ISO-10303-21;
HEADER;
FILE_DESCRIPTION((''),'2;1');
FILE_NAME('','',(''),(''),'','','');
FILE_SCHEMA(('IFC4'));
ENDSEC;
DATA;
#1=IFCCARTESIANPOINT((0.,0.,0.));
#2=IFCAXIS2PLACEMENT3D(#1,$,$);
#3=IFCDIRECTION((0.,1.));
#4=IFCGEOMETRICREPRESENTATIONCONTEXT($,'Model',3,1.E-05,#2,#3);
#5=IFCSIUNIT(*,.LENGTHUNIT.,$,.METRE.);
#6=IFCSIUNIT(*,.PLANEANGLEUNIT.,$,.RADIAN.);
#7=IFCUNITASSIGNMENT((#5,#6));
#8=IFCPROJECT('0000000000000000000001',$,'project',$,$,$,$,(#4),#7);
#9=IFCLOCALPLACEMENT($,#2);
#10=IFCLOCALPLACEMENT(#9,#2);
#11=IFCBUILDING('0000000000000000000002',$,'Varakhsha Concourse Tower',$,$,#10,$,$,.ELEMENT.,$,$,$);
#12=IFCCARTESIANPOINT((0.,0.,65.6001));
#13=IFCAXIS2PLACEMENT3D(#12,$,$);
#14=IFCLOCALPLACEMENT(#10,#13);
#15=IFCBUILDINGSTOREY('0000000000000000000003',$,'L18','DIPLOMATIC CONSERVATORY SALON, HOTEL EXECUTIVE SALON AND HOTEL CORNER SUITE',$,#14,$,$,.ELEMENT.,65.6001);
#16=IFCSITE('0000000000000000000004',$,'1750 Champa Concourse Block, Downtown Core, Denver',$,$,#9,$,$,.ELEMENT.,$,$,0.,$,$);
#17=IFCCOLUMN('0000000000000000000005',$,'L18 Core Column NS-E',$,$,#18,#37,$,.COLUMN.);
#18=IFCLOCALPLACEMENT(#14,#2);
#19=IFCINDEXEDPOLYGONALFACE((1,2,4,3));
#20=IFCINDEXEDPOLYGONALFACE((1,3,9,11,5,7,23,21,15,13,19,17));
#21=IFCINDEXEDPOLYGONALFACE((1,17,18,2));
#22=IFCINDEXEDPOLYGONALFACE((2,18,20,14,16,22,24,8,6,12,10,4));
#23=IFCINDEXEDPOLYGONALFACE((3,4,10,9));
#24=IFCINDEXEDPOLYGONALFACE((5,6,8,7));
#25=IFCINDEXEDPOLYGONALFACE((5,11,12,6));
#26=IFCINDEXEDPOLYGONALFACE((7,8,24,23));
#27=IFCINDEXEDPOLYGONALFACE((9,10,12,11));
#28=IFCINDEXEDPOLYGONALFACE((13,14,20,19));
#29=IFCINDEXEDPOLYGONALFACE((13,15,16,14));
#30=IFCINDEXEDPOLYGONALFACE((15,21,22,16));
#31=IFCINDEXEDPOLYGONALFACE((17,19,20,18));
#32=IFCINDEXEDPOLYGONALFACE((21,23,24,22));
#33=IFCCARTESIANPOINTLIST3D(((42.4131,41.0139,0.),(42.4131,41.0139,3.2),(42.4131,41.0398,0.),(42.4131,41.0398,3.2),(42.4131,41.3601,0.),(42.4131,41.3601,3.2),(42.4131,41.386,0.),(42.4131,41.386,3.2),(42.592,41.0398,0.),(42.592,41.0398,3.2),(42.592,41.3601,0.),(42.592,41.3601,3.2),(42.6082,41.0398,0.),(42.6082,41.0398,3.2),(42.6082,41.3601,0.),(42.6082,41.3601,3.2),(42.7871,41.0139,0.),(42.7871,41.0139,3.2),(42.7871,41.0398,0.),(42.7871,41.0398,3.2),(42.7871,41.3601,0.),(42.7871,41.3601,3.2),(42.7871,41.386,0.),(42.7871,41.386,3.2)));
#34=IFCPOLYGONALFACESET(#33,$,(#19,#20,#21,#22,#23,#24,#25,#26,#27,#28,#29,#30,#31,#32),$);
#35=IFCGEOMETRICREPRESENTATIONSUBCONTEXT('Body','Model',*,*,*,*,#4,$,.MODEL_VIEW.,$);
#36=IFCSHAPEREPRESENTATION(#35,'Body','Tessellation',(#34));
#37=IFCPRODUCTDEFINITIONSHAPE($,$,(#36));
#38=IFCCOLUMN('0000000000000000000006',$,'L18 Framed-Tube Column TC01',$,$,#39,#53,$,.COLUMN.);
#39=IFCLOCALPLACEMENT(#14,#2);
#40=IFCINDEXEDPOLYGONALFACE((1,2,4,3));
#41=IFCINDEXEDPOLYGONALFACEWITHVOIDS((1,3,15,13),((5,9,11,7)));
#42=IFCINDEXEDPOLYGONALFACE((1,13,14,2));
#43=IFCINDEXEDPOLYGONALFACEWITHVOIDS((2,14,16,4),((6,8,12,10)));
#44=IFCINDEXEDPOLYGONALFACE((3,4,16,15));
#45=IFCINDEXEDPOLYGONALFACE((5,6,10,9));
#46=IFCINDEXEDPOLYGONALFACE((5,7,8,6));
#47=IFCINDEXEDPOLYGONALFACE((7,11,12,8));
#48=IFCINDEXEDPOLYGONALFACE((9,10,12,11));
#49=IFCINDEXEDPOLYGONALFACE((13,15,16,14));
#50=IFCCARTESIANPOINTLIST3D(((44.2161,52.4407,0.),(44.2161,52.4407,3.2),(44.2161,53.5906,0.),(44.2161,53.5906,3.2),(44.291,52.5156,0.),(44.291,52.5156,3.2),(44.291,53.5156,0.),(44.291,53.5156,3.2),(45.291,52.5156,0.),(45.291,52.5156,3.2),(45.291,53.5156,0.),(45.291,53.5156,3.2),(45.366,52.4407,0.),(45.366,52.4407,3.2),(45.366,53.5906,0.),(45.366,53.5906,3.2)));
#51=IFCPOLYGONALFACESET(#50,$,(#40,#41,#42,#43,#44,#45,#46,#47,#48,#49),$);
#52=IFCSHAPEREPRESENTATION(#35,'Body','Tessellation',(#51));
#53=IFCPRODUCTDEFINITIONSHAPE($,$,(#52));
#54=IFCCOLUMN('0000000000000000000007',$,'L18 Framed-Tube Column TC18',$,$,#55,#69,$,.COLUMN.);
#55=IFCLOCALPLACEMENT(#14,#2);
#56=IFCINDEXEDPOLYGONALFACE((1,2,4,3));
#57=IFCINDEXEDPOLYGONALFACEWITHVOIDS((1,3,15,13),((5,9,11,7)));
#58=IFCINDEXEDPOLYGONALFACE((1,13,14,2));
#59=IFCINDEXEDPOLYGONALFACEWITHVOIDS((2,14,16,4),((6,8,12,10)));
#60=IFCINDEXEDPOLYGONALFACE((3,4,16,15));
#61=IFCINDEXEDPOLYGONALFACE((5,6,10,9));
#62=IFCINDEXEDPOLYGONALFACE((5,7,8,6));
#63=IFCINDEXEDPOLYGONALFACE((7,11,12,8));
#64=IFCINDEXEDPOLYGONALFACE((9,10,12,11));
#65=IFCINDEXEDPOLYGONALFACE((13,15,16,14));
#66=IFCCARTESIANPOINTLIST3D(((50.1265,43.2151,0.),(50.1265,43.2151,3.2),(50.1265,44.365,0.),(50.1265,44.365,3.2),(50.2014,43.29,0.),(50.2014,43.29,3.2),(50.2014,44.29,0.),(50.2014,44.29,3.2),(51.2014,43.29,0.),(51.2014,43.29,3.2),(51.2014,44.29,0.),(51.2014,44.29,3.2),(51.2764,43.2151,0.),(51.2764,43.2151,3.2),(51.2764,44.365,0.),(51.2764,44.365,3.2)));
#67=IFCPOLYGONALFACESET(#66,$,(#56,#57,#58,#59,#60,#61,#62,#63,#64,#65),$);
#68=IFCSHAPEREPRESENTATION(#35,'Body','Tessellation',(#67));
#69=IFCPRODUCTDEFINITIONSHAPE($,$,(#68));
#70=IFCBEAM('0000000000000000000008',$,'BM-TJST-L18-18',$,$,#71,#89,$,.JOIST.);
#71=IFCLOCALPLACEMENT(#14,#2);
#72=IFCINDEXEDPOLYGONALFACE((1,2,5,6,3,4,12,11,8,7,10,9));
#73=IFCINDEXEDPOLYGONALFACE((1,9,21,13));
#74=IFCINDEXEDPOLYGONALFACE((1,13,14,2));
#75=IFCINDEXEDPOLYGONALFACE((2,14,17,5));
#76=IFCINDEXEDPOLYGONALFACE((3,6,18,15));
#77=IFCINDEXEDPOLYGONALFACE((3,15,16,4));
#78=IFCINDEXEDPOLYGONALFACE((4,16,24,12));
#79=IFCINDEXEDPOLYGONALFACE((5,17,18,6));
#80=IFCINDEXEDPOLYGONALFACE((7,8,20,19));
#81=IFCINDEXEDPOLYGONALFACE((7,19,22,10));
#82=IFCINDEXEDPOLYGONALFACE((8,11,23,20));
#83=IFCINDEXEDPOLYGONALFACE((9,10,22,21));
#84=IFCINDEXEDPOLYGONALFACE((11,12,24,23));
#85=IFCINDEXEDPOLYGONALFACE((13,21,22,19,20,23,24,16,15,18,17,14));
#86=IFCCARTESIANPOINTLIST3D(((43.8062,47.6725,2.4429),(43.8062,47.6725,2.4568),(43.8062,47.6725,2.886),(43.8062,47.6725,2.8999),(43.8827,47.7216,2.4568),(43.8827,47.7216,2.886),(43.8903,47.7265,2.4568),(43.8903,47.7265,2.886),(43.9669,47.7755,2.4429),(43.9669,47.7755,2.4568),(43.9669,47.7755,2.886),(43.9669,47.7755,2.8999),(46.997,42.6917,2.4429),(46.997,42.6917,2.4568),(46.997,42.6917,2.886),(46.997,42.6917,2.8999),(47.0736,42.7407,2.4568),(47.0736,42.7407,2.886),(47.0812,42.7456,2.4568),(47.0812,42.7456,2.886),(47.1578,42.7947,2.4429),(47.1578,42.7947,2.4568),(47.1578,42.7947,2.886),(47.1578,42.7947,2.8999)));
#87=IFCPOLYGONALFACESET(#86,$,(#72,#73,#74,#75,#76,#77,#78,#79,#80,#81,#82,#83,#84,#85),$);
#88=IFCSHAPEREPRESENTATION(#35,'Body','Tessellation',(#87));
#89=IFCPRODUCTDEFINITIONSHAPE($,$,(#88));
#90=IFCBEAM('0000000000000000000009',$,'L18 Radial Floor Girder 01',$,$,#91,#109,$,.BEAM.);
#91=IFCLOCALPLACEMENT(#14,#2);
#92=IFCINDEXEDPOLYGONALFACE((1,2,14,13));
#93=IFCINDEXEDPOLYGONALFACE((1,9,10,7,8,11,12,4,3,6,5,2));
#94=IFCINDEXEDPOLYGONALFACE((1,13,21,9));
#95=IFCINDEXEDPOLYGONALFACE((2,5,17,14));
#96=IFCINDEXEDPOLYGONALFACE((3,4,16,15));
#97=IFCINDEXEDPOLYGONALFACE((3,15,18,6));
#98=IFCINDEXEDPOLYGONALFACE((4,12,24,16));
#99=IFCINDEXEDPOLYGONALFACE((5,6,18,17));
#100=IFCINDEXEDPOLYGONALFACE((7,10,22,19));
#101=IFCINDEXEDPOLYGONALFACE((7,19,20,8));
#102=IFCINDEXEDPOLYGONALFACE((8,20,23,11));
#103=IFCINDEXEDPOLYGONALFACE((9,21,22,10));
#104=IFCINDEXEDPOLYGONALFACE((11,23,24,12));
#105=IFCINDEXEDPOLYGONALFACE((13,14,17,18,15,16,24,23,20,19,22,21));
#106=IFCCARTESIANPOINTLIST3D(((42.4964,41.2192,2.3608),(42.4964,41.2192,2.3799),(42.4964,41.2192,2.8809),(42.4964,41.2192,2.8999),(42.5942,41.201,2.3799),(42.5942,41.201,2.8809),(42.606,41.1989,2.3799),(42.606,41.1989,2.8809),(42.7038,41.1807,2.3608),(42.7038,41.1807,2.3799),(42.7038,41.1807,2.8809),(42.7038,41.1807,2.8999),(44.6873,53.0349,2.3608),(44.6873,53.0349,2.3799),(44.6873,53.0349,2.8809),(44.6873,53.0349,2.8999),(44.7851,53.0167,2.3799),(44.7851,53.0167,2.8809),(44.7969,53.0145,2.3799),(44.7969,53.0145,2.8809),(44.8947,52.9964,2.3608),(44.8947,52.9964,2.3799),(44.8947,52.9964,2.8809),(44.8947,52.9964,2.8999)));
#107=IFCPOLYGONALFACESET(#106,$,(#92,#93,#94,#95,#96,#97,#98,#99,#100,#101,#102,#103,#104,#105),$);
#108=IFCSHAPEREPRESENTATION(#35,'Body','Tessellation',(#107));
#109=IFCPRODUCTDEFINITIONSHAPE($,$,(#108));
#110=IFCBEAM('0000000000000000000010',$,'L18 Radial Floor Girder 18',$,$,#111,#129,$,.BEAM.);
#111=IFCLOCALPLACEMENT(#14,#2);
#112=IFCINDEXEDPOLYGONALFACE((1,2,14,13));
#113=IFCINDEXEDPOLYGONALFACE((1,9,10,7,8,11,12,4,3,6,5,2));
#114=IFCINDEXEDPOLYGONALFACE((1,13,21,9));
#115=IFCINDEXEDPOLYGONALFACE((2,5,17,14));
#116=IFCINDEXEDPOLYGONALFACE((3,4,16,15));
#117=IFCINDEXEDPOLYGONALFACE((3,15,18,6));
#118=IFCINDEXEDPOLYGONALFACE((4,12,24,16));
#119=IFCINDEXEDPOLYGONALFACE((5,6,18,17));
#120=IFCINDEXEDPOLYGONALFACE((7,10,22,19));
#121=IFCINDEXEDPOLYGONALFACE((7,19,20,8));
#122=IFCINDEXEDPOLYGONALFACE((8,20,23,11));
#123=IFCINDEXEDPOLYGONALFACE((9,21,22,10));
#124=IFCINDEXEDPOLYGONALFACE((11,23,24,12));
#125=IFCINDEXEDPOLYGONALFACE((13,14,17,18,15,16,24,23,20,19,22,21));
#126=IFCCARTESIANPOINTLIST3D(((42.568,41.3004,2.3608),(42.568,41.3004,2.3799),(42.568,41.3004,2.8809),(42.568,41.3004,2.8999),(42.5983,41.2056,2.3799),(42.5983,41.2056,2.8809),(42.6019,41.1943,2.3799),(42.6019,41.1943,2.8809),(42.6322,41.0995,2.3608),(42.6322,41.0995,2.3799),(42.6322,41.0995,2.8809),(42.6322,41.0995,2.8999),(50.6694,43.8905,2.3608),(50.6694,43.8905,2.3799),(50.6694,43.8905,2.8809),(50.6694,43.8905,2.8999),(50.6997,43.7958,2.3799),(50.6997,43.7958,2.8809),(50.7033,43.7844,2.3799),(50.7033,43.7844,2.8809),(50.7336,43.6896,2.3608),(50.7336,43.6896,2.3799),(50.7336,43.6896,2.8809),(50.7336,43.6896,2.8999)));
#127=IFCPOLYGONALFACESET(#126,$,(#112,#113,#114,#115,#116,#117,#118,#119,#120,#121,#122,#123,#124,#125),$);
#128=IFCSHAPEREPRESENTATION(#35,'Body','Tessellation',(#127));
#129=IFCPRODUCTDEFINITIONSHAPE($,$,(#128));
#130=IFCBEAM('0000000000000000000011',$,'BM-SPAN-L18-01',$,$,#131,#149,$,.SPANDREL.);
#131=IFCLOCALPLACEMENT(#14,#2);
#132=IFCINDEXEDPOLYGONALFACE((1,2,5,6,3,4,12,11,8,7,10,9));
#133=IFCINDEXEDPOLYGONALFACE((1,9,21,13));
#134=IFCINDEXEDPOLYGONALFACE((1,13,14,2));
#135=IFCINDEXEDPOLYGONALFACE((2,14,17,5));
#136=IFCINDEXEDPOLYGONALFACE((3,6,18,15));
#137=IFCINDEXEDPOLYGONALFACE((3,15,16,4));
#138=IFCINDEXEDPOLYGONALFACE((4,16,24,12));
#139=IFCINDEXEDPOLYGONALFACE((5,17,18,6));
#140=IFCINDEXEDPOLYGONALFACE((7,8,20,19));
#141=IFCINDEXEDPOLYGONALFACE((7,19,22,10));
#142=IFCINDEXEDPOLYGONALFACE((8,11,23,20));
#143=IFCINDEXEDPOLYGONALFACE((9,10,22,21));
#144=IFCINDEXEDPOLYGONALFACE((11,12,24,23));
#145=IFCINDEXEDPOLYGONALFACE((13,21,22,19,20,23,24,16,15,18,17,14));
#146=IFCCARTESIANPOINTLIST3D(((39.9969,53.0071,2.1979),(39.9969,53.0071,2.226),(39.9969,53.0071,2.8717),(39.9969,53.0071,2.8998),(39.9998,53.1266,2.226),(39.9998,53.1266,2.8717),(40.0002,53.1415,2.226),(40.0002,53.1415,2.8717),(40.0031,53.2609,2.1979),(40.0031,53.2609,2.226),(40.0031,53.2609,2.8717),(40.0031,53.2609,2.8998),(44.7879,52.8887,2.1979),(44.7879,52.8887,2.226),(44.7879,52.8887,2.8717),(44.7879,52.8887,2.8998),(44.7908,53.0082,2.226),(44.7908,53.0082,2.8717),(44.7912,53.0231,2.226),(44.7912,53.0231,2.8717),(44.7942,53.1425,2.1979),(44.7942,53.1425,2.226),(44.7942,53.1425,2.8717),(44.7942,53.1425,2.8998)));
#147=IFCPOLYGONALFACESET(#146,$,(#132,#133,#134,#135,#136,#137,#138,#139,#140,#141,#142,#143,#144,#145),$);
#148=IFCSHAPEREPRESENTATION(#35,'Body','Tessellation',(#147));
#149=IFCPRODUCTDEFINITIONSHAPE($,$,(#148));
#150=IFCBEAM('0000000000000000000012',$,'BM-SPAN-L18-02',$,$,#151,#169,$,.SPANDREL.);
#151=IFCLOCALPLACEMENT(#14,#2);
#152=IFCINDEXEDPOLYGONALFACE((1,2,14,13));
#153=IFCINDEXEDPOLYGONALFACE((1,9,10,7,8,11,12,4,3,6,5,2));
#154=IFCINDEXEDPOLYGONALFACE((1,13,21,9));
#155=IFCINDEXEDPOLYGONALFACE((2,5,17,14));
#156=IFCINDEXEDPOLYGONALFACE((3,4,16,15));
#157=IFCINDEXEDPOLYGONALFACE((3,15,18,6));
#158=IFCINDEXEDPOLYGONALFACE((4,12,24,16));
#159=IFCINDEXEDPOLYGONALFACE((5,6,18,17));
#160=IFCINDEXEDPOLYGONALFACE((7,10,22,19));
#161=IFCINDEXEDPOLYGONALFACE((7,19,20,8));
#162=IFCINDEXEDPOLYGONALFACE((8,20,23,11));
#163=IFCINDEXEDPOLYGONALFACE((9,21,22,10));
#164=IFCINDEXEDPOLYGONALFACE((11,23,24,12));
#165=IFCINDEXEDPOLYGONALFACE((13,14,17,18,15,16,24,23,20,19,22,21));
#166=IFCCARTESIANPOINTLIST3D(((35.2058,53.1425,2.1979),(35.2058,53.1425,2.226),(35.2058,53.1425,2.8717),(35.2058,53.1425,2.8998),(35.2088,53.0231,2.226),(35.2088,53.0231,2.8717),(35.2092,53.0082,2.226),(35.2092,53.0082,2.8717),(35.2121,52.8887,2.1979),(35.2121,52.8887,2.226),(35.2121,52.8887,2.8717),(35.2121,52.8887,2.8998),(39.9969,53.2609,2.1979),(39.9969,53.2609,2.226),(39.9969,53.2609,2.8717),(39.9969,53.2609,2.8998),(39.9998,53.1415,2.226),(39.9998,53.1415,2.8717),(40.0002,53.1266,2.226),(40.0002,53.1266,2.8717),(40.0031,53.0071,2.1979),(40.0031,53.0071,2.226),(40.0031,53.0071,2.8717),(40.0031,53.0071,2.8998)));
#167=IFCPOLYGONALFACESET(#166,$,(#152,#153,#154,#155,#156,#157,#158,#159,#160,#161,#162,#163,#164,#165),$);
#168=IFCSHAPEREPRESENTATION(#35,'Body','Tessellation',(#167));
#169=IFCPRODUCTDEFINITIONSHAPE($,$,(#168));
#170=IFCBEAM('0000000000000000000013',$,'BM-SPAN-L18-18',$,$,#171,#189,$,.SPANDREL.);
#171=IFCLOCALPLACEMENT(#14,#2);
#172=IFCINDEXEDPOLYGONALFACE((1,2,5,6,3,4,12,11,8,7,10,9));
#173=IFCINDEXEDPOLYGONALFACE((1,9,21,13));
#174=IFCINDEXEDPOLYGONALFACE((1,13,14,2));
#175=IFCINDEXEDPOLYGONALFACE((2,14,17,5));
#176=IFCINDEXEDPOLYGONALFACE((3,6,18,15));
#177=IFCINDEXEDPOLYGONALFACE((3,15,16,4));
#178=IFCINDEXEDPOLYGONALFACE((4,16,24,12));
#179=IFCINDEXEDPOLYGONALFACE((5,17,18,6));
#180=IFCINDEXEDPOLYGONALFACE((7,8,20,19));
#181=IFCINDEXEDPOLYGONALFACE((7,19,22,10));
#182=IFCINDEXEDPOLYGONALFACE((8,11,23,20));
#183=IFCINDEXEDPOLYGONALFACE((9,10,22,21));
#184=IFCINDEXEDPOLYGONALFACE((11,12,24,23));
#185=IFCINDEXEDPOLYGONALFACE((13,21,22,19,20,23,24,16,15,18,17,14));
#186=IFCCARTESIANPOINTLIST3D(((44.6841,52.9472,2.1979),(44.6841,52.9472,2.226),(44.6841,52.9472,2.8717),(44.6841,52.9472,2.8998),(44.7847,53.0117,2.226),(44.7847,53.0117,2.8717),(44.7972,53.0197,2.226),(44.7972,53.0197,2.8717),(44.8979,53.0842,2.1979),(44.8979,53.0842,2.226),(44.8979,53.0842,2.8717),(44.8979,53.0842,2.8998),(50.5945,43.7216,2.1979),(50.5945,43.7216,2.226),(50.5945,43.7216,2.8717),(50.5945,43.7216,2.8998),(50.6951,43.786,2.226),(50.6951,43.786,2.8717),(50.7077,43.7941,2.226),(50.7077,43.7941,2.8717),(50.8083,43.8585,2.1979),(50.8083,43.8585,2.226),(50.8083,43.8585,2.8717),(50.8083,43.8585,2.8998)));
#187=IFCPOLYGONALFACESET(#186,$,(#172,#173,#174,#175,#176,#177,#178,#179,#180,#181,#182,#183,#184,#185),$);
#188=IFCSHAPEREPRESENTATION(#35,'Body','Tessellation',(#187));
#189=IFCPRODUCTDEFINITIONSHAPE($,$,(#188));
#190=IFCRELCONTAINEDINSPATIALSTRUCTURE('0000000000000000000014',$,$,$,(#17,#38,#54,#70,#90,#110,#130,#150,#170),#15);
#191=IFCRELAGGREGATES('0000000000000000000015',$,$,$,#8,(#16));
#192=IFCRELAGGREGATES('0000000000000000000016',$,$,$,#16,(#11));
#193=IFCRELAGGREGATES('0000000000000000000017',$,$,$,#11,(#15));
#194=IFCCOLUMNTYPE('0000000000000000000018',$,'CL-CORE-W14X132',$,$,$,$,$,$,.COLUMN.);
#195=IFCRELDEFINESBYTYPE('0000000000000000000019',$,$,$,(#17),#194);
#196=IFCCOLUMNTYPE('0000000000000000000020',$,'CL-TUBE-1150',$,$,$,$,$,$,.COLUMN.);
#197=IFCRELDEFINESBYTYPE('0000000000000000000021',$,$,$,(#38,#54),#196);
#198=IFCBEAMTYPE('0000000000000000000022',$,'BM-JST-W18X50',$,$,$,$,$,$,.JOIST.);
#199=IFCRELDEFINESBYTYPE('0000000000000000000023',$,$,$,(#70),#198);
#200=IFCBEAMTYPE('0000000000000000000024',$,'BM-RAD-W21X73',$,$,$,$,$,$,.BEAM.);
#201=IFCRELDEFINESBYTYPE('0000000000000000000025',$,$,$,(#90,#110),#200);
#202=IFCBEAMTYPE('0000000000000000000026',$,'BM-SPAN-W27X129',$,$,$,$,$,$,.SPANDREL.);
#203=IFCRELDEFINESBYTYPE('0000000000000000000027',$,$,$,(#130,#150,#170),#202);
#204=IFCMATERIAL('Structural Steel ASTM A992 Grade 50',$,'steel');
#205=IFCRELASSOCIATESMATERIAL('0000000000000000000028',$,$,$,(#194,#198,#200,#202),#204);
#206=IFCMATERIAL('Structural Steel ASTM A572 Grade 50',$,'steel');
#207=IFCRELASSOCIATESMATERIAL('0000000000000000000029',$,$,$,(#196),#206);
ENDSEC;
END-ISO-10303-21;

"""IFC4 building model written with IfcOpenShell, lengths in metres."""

from ifc_helpers import new_model, si_unit, direction, frame, origin, origin_2d, place, context, subcontext, project, spatial, hollow_rectangle, i_section, extrude, material, material_profile, profile_set, type_object, element, save


model = new_model("IFC4")

# Units and contexts
model_context = context("Model", 3, precision=1e-05, world=origin(), true_north=direction((0.0, 1.0)))
body_context = subcontext(model_context, "Body", "Model", "MODEL_VIEW")
ifc_project = project(units=[si_unit("LENGTHUNIT", "METRE"), si_unit("PLANEANGLEUNIT", "RADIAN")], contexts=[model_context])

# Site, building, storey
site_placement = place(None, origin())
site = spatial("IfcSite", under=ifc_project, at=site_placement, Name="1750 Champa Concourse Block, Downtown Core, Denver", CompositionType="ELEMENT", RefElevation=0.0)
building_placement = place(site_placement, origin())
building = spatial("IfcBuilding", under=site, at=building_placement, Name="Varakhsha Concourse Tower", CompositionType="ELEMENT")
storey_placement = place(building_placement, frame((0.0, 0.0, 65.6001)))
storey = spatial("IfcBuildingStorey", under=building, at=storey_placement, Name="L18", Description="DIPLOMATIC CONSERVATORY SALON, HOTEL EXECUTIVE SALON AND HOTEL CORNER SUITE", CompositionType="ELEMENT", Elevation=65.6001)

# Columns
ifc_material_1 = material(Name="Structural Steel ASTM A992 Grade 50", Category="steel")
ifc_material_profile_1 = material_profile(ifc_material_1, i_section(OverallWidth=0.374, OverallDepth=0.3721, WebThickness=0.0161, FlangeThickness=0.0259, at=origin_2d()), Name="W14X132")
ifc_profile_set_1 = profile_set([ifc_material_profile_1], Name="Structural Steel ASTM A992 Grade 50")
column_type_1 = type_object("IfcColumnType", Name="CL-CORE-W14X132", PredefinedType="COLUMN", material=ifc_profile_set_1)
column_placement = place(storey_placement, frame((42.6001, 41.2, 0.0), z_axis=(0.0, 0.0, 1.0), x_axis=(1.0, 0.0, 0.0)))
element("IfcColumn", 1, at=column_placement, inside=storey, type_object=column_type_1, Name="L18 Core Column NS-E", PredefinedType="COLUMN", context=body_context, shape_type="SweptSolid", body=[
    extrude(i_section(OverallWidth=0.374, OverallDepth=0.3721, WebThickness=0.0161, FlangeThickness=0.0259, at=origin_2d()), origin(), (0.0, 0.0, 1.0), 3.2),
])
ifc_material_2 = material(Name="Structural Steel ASTM A572 Grade 50", Category="steel")
ifc_material_profile_2 = material_profile(ifc_material_2, hollow_rectangle(XDim=1.1499, YDim=1.1499, WallThickness=0.075, at=origin_2d()), Name="BOX 1150x1150x75")
ifc_profile_set_2 = profile_set([ifc_material_profile_2], Name="Structural Steel ASTM A572 Grade 50")
column_type_2 = type_object("IfcColumnType", Name="CL-TUBE-1150", PredefinedType="COLUMN", material=ifc_profile_set_2)
for number, where, z_axis, x_axis, name in (
    (2, (44.791, 53.0156, 0.0), (0.0, 0.0, 1.0), (1.0, 0.0, 0.0), "L18 Framed-Tube Column TC01"),
    (3, (50.7014, 43.79, 0.0), (0.0, 0.0, 1.0), (1.0, 0.0, 0.0), "L18 Framed-Tube Column TC18"),
):
    element("IfcColumn", number, at=place(storey_placement, frame(where, z_axis=z_axis, x_axis=x_axis)), inside=storey, type_object=column_type_2, Name=name, PredefinedType="COLUMN", context=body_context, shape_type="SweptSolid", body=[
        extrude(hollow_rectangle(XDim=1.1499, YDim=1.1499, WallThickness=0.075, at=origin_2d()), origin(), (0.0, 0.0, 1.0), 3.2),
    ])

# Beams
ifc_material_profile_3 = material_profile(ifc_material_1, i_section(OverallWidth=0.1909, OverallDepth=0.457, WebThickness=0.009, FlangeThickness=0.0139, at=origin_2d()), Name="W18X50")
ifc_profile_set_3 = profile_set([ifc_material_profile_3], Name="Structural Steel ASTM A992 Grade 50")
beam_type_1 = type_object("IfcBeamType", Name="BM-JST-W18X50", PredefinedType="JOIST", material=ifc_profile_set_3)
beam_1_placement = place(storey_placement, frame((47.0774, 42.7432, 2.6714), z_axis=(-0.539426, 0.842033, 0.0), x_axis=(-0.842033, -0.539426, 0.0)))
element("IfcBeam", 4, at=beam_1_placement, inside=storey, type_object=beam_type_1, Name="BM-TJST-L18-18", PredefinedType="JOIST", context=body_context, shape_type="SweptSolid", body=[
    extrude(i_section(OverallWidth=0.1909, OverallDepth=0.457, WebThickness=0.009, FlangeThickness=0.0139, at=origin_2d()), origin(), (0.0, 0.0, 1.0), 5.9153),
])
ifc_material_profile_4 = material_profile(ifc_material_1, i_section(OverallWidth=0.2109, OverallDepth=0.5391, WebThickness=0.012, FlangeThickness=0.019, at=origin_2d()), Name="W21X73")
ifc_profile_set_4 = profile_set([ifc_material_profile_4], Name="Structural Steel ASTM A992 Grade 50")
beam_type_2 = type_object("IfcBeamType", Name="BM-RAD-W21X73", PredefinedType="BEAM", material=ifc_profile_set_4)
beam_2_placement = place(storey_placement, frame((42.6001, 41.2, 2.6304), z_axis=(0.182317, 0.98324, 0.0), x_axis=(-0.98324, 0.182317, 0.0)))
element("IfcBeam", 5, at=beam_2_placement, inside=storey, type_object=beam_type_2, Name="L18 Radial Floor Girder 01", PredefinedType="BEAM", context=body_context, shape_type="SweptSolid", body=[
    extrude(i_section(OverallWidth=0.2109, OverallDepth=0.5391, WebThickness=0.012, FlangeThickness=0.019, at=origin_2d()), origin(), (0.0, 0.0, 1.0), 12.0171),
])
beam_3_placement = place(storey_placement, frame((42.6001, 41.2, 2.6304), z_axis=(0.952504, 0.304527, 0.0), x_axis=(-0.304527, 0.952504, 0.0)))
element("IfcBeam", 6, at=beam_3_placement, inside=storey, type_object=beam_type_2, Name="L18 Radial Floor Girder 18", PredefinedType="BEAM", context=body_context, shape_type="SweptSolid", body=[
    extrude(i_section(OverallWidth=0.2109, OverallDepth=0.5391, WebThickness=0.012, FlangeThickness=0.019, at=origin_2d()), origin(), (0.0, 0.0, 1.0), 8.5054),
])
ifc_material_profile_5 = material_profile(ifc_material_1, i_section(OverallWidth=0.2539, OverallDepth=0.7019, WebThickness=0.0149, FlangeThickness=0.0281, at=origin_2d()), Name="W27X129")
ifc_profile_set_5 = profile_set([ifc_material_profile_5], Name="Structural Steel ASTM A992 Grade 50")
beam_type_3 = type_object("IfcBeamType", Name="BM-SPAN-W27X129", PredefinedType="SPANDREL", material=ifc_profile_set_5)
for number, where, z_axis, x_axis, name in (
    (7, (44.791, 53.0156, 2.5488), (-0.999695, 0.024707, 0.0), (-0.024707, -0.999695, 0.0), "BM-SPAN-L18-01"),
    (8, (40.0, 53.134, 2.5488), (-0.999695, -0.024707, 0.0), (0.024707, -0.999695, 0.0), "BM-SPAN-L18-02"),
):
    element("IfcBeam", number, at=place(storey_placement, frame(where, z_axis=z_axis, x_axis=x_axis)), inside=storey, type_object=beam_type_3, Name=name, PredefinedType="SPANDREL", context=body_context, shape_type="SweptSolid", body=[
        extrude(i_section(OverallWidth=0.2539, OverallDepth=0.7019, WebThickness=0.0149, FlangeThickness=0.0281, at=origin_2d()), origin(), (0.0, 0.0, 1.0), 4.7925),
    ])
beam_4_placement = place(storey_placement, frame((50.7014, 43.79, 2.5488), z_axis=(-0.539444, 0.842022, 0.0), x_axis=(-0.842022, -0.539444, 0.0)))
element("IfcBeam", 9, at=beam_4_placement, inside=storey, type_object=beam_type_3, Name="BM-SPAN-L18-18", PredefinedType="SPANDREL", context=body_context, shape_type="SweptSolid", body=[
    extrude(i_section(OverallWidth=0.2539, OverallDepth=0.7019, WebThickness=0.0149, FlangeThickness=0.0281, at=origin_2d()), origin(), (0.0, 0.0, 1.0), 10.9565),
])

save(model, "model.ifc")
